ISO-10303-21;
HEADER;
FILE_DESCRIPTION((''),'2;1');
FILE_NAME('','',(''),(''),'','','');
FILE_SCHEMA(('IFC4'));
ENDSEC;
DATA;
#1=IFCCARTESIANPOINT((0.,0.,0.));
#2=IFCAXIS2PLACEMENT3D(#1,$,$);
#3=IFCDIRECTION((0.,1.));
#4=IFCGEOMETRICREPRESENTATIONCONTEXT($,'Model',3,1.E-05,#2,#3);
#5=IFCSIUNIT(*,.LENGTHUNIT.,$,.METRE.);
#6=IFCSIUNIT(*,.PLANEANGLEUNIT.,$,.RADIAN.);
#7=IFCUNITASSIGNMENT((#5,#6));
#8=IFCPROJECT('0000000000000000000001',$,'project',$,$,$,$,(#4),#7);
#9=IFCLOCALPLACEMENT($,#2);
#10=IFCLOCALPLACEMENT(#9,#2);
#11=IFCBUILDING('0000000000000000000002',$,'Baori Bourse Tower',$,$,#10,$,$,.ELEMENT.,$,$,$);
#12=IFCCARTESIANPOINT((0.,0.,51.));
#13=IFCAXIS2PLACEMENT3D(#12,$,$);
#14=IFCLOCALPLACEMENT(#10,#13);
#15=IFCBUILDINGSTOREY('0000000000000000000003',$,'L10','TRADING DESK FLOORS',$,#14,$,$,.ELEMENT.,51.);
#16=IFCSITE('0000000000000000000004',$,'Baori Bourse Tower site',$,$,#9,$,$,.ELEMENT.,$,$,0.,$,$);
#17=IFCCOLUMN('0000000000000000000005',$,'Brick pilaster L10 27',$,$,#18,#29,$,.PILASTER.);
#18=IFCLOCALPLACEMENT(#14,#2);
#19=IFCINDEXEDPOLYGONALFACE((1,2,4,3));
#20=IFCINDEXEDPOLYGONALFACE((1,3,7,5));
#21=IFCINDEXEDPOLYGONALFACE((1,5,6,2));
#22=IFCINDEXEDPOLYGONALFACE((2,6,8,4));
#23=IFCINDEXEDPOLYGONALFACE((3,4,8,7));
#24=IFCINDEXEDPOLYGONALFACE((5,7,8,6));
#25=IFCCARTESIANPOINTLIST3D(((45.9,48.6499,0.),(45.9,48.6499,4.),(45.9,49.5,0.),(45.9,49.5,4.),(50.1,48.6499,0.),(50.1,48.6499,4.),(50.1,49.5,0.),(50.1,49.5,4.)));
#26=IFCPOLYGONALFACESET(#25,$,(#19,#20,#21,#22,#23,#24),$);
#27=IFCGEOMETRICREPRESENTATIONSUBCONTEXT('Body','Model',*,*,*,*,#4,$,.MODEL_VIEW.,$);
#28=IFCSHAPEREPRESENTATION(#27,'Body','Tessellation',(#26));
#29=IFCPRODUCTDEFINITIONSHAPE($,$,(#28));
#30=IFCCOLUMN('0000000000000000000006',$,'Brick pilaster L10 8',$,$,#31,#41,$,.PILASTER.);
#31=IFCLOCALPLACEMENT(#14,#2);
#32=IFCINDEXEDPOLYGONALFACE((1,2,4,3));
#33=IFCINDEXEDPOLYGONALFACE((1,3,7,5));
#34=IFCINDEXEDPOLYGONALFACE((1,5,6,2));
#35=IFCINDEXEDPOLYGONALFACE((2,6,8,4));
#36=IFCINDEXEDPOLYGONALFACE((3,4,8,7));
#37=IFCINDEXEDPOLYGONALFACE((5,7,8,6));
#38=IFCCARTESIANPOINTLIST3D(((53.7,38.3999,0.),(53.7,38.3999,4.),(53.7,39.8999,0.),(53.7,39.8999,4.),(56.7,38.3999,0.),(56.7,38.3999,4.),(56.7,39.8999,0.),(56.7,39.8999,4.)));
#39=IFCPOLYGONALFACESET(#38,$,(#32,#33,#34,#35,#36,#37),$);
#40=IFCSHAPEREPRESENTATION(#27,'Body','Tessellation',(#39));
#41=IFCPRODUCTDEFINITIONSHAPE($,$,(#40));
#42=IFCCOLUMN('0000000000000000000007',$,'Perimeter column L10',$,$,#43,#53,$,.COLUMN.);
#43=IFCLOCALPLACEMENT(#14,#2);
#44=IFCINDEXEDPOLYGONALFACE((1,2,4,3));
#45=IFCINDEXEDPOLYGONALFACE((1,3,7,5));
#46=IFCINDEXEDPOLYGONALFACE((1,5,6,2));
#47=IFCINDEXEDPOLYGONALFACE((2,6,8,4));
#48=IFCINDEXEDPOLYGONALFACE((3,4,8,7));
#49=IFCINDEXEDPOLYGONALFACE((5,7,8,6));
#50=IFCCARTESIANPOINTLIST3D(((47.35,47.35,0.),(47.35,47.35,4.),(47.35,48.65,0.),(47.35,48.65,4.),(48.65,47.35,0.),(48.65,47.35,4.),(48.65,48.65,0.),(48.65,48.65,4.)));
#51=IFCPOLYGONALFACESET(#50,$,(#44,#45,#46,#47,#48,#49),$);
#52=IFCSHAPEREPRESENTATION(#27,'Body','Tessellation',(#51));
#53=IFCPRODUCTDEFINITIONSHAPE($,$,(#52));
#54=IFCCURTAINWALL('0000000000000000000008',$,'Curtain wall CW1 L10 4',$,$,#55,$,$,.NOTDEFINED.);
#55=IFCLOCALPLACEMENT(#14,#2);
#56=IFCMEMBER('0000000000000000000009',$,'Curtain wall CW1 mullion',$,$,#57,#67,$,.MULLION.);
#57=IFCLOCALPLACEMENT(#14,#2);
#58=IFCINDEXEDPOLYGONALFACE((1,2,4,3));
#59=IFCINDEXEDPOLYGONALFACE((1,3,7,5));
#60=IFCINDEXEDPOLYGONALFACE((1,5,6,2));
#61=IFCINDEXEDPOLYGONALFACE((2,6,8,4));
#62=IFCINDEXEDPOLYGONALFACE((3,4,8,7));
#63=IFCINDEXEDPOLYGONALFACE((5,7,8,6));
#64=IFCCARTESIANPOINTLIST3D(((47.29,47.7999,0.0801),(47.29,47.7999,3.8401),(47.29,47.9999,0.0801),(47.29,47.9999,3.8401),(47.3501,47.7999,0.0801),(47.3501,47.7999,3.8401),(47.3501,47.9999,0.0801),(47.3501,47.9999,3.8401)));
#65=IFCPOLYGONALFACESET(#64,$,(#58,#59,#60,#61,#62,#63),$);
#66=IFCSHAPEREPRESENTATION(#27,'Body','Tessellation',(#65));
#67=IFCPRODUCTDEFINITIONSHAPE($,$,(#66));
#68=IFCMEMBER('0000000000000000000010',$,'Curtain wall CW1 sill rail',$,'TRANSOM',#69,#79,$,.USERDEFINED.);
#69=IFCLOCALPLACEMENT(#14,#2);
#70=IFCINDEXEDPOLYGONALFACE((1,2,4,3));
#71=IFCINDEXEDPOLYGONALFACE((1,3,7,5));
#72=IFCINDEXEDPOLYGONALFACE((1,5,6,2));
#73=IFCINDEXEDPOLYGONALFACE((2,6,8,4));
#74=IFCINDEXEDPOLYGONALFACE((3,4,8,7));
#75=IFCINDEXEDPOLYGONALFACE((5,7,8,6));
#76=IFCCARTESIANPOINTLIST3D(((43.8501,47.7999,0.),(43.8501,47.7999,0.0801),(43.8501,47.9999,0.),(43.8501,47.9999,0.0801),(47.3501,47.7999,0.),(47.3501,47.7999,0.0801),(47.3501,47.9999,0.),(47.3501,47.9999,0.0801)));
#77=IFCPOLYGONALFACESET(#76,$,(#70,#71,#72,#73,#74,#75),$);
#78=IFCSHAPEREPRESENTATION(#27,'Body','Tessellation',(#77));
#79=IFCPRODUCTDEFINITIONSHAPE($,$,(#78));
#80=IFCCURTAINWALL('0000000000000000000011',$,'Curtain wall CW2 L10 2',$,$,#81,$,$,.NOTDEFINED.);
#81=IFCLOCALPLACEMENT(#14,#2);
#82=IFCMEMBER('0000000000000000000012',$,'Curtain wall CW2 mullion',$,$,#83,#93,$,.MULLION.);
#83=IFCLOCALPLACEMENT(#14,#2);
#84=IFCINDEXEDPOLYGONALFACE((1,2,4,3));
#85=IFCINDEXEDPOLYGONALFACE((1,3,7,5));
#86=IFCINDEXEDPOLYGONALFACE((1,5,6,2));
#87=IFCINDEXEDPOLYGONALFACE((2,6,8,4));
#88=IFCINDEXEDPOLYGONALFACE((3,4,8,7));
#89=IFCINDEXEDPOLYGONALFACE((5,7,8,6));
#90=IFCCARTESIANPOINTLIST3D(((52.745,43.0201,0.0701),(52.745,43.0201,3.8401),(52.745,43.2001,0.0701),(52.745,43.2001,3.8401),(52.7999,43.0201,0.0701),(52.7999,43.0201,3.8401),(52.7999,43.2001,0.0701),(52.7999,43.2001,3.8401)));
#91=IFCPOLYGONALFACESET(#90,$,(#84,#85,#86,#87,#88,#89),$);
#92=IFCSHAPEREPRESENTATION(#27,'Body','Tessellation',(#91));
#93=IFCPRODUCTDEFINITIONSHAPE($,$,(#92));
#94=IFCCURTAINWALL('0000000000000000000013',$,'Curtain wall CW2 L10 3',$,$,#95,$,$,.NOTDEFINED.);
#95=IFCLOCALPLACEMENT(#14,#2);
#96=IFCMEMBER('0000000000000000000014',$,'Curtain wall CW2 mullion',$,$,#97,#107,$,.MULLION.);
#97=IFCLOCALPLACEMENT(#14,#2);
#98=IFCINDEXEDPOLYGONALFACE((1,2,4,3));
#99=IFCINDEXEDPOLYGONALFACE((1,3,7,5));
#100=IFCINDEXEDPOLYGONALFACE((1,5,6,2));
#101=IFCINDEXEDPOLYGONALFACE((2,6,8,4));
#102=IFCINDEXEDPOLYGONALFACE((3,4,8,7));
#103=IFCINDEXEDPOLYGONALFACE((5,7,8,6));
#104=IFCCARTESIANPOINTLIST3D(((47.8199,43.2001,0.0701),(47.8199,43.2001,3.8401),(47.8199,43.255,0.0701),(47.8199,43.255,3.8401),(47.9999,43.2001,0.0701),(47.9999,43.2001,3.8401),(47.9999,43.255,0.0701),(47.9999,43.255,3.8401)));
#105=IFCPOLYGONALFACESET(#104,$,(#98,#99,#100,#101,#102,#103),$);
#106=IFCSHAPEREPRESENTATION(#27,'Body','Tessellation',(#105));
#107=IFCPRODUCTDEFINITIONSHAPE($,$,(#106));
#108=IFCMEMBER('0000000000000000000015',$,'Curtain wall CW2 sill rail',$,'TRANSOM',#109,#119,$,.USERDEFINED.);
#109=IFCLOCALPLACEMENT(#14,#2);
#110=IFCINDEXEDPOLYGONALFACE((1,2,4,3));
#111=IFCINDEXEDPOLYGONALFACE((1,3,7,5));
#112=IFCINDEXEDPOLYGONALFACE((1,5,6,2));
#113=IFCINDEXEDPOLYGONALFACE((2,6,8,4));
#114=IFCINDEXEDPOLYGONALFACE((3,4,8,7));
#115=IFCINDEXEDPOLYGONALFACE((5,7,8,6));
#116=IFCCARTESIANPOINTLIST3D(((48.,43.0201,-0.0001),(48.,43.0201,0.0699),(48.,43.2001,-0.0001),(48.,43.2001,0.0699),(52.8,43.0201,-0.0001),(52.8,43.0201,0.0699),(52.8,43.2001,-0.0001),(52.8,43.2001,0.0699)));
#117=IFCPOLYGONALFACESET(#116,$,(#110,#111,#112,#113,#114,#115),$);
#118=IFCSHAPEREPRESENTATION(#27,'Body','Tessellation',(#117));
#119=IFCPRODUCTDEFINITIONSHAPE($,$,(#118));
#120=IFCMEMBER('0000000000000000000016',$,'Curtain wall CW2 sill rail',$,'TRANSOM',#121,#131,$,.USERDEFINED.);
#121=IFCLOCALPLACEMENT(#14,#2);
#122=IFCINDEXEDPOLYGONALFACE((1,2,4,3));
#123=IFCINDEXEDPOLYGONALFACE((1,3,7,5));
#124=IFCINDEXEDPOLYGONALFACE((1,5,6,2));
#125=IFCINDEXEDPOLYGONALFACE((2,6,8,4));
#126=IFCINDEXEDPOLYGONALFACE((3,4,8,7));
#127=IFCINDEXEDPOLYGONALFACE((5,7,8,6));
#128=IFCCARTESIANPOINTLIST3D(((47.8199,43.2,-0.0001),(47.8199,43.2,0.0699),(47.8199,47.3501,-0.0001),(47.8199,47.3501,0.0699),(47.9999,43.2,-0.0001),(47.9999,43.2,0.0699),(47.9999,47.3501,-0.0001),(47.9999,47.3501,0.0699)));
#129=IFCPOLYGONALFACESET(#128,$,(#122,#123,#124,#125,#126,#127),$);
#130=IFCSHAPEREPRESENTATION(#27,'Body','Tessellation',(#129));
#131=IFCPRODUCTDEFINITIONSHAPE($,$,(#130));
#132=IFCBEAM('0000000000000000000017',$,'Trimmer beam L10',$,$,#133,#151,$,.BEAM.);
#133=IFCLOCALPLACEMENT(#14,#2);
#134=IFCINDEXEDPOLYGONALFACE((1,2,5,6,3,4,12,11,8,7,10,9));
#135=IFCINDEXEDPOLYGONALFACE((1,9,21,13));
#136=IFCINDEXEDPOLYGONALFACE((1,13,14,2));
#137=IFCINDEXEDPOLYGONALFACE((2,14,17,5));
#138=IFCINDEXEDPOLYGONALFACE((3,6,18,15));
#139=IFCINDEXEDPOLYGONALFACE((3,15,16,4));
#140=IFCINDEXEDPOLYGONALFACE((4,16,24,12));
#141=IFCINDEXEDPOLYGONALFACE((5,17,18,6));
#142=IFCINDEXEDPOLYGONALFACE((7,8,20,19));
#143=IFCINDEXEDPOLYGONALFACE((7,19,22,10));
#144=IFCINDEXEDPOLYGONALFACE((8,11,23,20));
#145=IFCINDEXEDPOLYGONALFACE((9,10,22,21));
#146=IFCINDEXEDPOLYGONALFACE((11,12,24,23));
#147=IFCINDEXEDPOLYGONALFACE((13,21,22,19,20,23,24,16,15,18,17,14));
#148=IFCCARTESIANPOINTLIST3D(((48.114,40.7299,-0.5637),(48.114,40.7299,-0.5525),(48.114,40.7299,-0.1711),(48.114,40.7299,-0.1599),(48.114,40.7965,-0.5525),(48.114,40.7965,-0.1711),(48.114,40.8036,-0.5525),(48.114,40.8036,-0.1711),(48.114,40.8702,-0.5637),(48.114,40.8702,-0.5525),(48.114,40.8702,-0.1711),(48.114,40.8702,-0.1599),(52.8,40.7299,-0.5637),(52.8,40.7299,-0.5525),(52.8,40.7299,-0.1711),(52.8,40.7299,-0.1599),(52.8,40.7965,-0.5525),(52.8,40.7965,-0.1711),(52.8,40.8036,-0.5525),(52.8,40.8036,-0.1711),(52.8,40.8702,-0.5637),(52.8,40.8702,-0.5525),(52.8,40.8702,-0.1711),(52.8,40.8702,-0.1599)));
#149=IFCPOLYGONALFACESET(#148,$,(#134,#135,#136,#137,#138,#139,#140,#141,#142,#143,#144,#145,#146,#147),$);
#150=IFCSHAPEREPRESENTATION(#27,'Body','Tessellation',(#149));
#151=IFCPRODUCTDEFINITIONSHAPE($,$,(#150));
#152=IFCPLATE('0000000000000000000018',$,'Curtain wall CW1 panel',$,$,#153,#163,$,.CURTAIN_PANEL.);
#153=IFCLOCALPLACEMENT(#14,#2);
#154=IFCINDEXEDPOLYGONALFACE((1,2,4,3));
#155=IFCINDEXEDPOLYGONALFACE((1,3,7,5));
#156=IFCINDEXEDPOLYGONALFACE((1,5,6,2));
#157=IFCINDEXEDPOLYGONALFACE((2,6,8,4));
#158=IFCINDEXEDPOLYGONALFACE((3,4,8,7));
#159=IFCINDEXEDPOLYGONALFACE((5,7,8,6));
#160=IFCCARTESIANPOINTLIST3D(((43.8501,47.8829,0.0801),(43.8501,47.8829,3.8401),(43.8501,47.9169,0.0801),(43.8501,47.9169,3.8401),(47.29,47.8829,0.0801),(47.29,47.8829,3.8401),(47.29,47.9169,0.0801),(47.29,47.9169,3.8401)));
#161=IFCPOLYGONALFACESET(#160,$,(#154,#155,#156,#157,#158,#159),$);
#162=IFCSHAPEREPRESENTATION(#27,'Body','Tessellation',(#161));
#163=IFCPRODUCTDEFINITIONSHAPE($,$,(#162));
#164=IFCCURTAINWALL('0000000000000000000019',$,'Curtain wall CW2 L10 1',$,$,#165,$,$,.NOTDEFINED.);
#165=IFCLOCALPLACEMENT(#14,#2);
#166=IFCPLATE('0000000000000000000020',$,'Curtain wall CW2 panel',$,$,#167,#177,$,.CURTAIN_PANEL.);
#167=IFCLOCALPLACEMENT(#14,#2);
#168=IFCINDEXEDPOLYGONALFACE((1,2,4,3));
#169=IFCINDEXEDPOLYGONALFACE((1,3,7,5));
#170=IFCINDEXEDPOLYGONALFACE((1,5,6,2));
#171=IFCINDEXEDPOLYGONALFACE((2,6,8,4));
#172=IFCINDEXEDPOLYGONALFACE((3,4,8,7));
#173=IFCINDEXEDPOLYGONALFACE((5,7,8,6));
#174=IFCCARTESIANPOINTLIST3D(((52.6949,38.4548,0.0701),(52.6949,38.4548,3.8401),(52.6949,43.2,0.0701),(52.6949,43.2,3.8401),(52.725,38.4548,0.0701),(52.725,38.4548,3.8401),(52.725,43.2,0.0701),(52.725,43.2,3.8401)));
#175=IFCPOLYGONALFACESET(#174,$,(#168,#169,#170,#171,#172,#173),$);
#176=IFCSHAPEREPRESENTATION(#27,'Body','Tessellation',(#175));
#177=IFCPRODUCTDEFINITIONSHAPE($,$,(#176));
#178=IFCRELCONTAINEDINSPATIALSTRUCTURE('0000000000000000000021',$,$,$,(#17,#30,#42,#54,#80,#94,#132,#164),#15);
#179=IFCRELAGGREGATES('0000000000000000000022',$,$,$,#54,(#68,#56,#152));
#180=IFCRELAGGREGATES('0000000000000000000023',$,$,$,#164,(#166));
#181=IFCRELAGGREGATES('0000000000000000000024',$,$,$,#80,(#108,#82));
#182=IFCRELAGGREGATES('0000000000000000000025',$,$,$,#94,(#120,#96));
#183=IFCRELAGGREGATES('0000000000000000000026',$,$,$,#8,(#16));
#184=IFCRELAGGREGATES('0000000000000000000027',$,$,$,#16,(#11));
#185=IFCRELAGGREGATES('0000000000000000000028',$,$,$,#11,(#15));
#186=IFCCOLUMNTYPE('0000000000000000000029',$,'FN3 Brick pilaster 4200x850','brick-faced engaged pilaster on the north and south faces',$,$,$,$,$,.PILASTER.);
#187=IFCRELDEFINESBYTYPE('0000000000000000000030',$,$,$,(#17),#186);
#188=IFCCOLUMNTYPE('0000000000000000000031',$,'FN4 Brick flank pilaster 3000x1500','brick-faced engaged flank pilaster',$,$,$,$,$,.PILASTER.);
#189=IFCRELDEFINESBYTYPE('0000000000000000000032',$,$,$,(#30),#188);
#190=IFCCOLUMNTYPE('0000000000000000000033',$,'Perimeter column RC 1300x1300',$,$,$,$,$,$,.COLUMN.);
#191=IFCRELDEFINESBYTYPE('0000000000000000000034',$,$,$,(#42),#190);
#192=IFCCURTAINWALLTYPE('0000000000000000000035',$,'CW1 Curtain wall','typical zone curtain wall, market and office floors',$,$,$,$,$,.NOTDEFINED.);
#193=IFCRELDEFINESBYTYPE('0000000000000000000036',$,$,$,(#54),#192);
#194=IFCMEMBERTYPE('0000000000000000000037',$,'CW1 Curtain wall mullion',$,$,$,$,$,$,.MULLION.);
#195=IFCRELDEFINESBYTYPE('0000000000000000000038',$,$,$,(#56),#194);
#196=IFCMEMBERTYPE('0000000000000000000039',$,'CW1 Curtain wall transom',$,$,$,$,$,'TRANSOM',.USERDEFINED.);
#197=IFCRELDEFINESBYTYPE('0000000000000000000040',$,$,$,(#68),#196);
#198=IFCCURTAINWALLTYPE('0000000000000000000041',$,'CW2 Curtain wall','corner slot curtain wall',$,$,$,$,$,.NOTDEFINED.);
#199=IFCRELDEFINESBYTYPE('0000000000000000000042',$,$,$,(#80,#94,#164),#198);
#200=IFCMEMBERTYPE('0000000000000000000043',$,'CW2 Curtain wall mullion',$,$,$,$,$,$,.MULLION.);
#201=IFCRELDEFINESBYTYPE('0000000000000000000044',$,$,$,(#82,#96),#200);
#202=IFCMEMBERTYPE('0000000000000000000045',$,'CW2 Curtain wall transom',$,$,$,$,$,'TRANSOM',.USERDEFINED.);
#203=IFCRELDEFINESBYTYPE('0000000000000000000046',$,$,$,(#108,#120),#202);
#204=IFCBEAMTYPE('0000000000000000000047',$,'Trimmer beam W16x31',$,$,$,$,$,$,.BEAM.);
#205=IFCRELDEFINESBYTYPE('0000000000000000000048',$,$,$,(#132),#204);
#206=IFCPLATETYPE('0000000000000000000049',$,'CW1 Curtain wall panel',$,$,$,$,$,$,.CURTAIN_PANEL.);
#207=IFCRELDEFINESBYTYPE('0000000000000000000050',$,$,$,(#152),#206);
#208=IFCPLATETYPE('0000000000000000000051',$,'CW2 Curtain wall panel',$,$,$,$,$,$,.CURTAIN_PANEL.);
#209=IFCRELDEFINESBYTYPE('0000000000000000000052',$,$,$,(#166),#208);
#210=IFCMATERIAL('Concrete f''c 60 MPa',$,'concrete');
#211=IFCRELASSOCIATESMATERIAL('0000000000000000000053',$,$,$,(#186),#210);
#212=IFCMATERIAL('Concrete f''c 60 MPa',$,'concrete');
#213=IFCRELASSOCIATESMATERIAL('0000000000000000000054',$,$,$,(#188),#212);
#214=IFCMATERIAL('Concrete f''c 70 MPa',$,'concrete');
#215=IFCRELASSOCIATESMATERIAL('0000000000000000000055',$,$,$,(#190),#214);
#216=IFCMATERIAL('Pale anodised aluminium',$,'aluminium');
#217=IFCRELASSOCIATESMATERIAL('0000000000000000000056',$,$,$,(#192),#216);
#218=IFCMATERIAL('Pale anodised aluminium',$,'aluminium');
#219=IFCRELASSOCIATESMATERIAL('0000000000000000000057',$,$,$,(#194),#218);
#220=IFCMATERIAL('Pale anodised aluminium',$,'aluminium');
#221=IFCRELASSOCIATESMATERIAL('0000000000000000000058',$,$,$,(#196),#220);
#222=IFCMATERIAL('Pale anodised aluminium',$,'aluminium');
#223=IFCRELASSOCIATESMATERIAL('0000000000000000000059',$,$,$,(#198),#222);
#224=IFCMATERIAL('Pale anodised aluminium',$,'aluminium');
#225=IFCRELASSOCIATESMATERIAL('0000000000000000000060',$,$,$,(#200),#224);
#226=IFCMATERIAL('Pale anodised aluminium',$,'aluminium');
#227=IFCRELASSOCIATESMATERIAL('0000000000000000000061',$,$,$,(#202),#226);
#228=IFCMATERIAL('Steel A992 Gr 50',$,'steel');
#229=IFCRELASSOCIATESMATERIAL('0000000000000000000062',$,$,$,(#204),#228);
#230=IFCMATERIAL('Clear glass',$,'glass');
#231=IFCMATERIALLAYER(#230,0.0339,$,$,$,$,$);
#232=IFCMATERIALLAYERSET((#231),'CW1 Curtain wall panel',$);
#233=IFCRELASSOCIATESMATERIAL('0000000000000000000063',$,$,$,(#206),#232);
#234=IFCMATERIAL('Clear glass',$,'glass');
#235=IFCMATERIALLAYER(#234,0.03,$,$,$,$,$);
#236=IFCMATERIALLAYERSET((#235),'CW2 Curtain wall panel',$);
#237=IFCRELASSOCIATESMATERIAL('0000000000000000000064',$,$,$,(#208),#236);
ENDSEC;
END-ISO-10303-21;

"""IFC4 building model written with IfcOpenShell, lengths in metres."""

from ifc_helpers import new_model, si_unit, direction, frame, origin, origin_2d, place, context, subcontext, project, spatial, rectangle, i_section, extrude, material, layer, layer_set, material_profile, profile_set, type_object, element, aggregate, save


model = new_model("IFC4")

# Units and contexts
model_context = context("Model", 3, precision=1e-05, world=origin(), true_north=direction((0.0, 1.0)))
body_context = subcontext(model_context, "Body", "Model", "MODEL_VIEW")
ifc_project = project(units=[si_unit("LENGTHUNIT", "METRE"), si_unit("PLANEANGLEUNIT", "RADIAN")], contexts=[model_context])

# Site, building, storey
site_placement = place(None, origin())
site = spatial("IfcSite", under=ifc_project, at=site_placement, Name="Baori Bourse Tower site", CompositionType="ELEMENT", RefElevation=0.0)
building_placement = place(site_placement, origin())
building = spatial("IfcBuilding", under=site, at=building_placement, Name="Baori Bourse Tower", CompositionType="ELEMENT")
storey_placement = place(building_placement, frame((0.0, 0.0, 51.0)))
storey = spatial("IfcBuildingStorey", under=building, at=storey_placement, Name="L10", Description="TRADING DESK FLOORS", CompositionType="ELEMENT", Elevation=51.0)

# Columns
ifc_material_1 = material(Name="Concrete f'c 60 MPa", Category="concrete")
ifc_material_profile_1 = material_profile(ifc_material_1, rectangle(XDim=4.2, YDim=0.8501, at=origin_2d()), Name="RC 4200x850")
ifc_profile_set_1 = profile_set([ifc_material_profile_1], Name="Concrete f'c 60 MPa")
column_type_1 = type_object("IfcColumnType", Name="FN3 Brick pilaster 4200x850", Description="brick-faced engaged pilaster on the north and south faces", PredefinedType="PILASTER", material=ifc_profile_set_1)
column_1_placement = place(storey_placement, frame((48.0, 49.075, 0.0), z_axis=(0.0, 0.0, 1.0), x_axis=(1.0, 0.0, 0.0)))
element("IfcColumn", 1, at=column_1_placement, inside=storey, type_object=column_type_1, Name="Brick pilaster L10 27", PredefinedType="PILASTER", context=body_context, shape_type="SweptSolid", body=[
    extrude(rectangle(XDim=4.2, YDim=0.8501, at=origin_2d()), origin(), (0.0, 0.0, 1.0), 4.0),
])
ifc_material_2 = material(Name="Concrete f'c 60 MPa", Category="concrete")
ifc_material_profile_2 = material_profile(ifc_material_2, rectangle(XDim=3.0, YDim=1.5, at=origin_2d()), Name="RC 3000x1500")
ifc_profile_set_2 = profile_set([ifc_material_profile_2], Name="Concrete f'c 60 MPa")
column_type_2 = type_object("IfcColumnType", Name="FN4 Brick flank pilaster 3000x1500", Description="brick-faced engaged flank pilaster", PredefinedType="PILASTER", material=ifc_profile_set_2)
column_2_placement = place(storey_placement, frame((55.2, 39.1499, 0.0), z_axis=(0.0, 0.0, 1.0), x_axis=(1.0, 0.0, 0.0)))
element("IfcColumn", 2, at=column_2_placement, inside=storey, type_object=column_type_2, Name="Brick pilaster L10 8", PredefinedType="PILASTER", context=body_context, shape_type="SweptSolid", body=[
    extrude(rectangle(XDim=3.0, YDim=1.5, at=origin_2d()), origin(), (0.0, 0.0, 1.0), 4.0),
])
ifc_material_3 = material(Name="Concrete f'c 70 MPa", Category="concrete")
ifc_material_profile_3 = material_profile(ifc_material_3, rectangle(XDim=1.3, YDim=1.3, at=origin_2d()), Name="RC 1300x1300")
ifc_profile_set_3 = profile_set([ifc_material_profile_3], Name="Concrete f'c 70 MPa")
column_type_3 = type_object("IfcColumnType", Name="Perimeter column RC 1300x1300", PredefinedType="COLUMN", material=ifc_profile_set_3)
column_3_placement = place(storey_placement, frame((48.0, 48.0, 0.0), z_axis=(0.0, 0.0, 1.0), x_axis=(1.0, 0.0, 0.0)))
element("IfcColumn", 3, at=column_3_placement, inside=storey, type_object=column_type_3, Name="Perimeter column L10", PredefinedType="COLUMN", context=body_context, shape_type="SweptSolid", body=[
    extrude(rectangle(XDim=1.3, YDim=1.3, at=origin_2d()), origin(), (0.0, 0.0, 1.0), 4.0),
])

# Curtain wall, members
ifc_material_4 = material(Name="Pale anodised aluminium", Category="aluminium")
curtain_wall_type_1 = type_object("IfcCurtainWallType", Name="CW1 Curtain wall", Description="typical zone curtain wall, market and office floors", PredefinedType="NOTDEFINED", material=ifc_material_4)
curtain_wall_1_placement = place(storey_placement, origin())
curtain_wall_1 = element("IfcCurtainWall", 4, at=curtain_wall_1_placement, inside=storey, type_object=curtain_wall_type_1, Name="Curtain wall CW1 L10 4", PredefinedType="NOTDEFINED")
ifc_material_5 = material(Name="Pale anodised aluminium", Category="aluminium")
ifc_material_profile_4 = material_profile(ifc_material_5, rectangle(XDim=0.2, YDim=0.0601, at=origin_2d()), Name="Mullion 60x200")
ifc_profile_set_4 = profile_set([ifc_material_profile_4], Name="Pale anodised aluminium")
member_type_1 = type_object("IfcMemberType", Name="CW1 Curtain wall mullion", PredefinedType="MULLION", material=ifc_profile_set_4)
member_1_placement = place(storey_placement, frame((47.3201, 47.8999, 0.0801), z_axis=(0.0, 0.0, 1.0), x_axis=(0.0, -1.0, 0.0)))
member_1 = element("IfcMember", 5, at=member_1_placement, type_object=member_type_1, Name="Curtain wall CW1 mullion", PredefinedType="MULLION", context=body_context, shape_type="SweptSolid", body=[
    extrude(rectangle(XDim=0.2, YDim=0.0601, at=origin_2d()), origin(), (0.0, 0.0, 1.0), 3.76),
])
ifc_material_6 = material(Name="Pale anodised aluminium", Category="aluminium")
ifc_material_profile_5 = material_profile(ifc_material_6, rectangle(XDim=0.2, YDim=0.0801, at=origin_2d()), Name="Transom 80x200")
ifc_profile_set_5 = profile_set([ifc_material_profile_5], Name="Pale anodised aluminium")
member_type_2 = type_object("IfcMemberType", Name="CW1 Curtain wall transom", ElementType="TRANSOM", PredefinedType="USERDEFINED", material=ifc_profile_set_5)
member_2_placement = place(storey_placement, frame((47.3501, 47.8999, 0.04), z_axis=(-1.0, 0.0, 0.0), x_axis=(0.0, -1.0, 0.0)))
member_2 = element("IfcMember", 6, at=member_2_placement, type_object=member_type_2, Name="Curtain wall CW1 sill rail", ObjectType="TRANSOM", PredefinedType="USERDEFINED", context=body_context, shape_type="SweptSolid", body=[
    extrude(rectangle(XDim=0.2, YDim=0.0801, at=origin_2d()), origin(), (0.0, 0.0, 1.0), 3.5),
])

# Curtain walls, members
ifc_material_7 = material(Name="Pale anodised aluminium", Category="aluminium")
curtain_wall_type_2 = type_object("IfcCurtainWallType", Name="CW2 Curtain wall", Description="corner slot curtain wall", PredefinedType="NOTDEFINED", material=ifc_material_7)
curtain_wall_2_placement = place(storey_placement, origin())
curtain_wall_2 = element("IfcCurtainWall", 7, at=curtain_wall_2_placement, inside=storey, type_object=curtain_wall_type_2, Name="Curtain wall CW2 L10 2", PredefinedType="NOTDEFINED")
ifc_material_8 = material(Name="Pale anodised aluminium", Category="aluminium")
ifc_material_profile_6 = material_profile(ifc_material_8, rectangle(XDim=0.1799, YDim=0.0549, at=origin_2d()), Name="Mullion 55x180")
ifc_profile_set_6 = profile_set([ifc_material_profile_6], Name="Pale anodised aluminium")
member_type_3 = type_object("IfcMemberType", Name="CW2 Curtain wall mullion", PredefinedType="MULLION", material=ifc_profile_set_6)
member_3_placement = place(storey_placement, frame((52.7725, 43.1101, 0.0701), z_axis=(0.0, 0.0, 1.0), x_axis=(0.0, -1.0, 0.0)))
member_3 = element("IfcMember", 8, at=member_3_placement, type_object=member_type_3, Name="Curtain wall CW2 mullion", PredefinedType="MULLION", context=body_context, shape_type="SweptSolid", body=[
    extrude(rectangle(XDim=0.1799, YDim=0.0549, at=origin_2d()), origin(), (0.0, 0.0, 1.0), 3.77),
])
curtain_wall_3_placement = place(storey_placement, origin())
curtain_wall_3 = element("IfcCurtainWall", 9, at=curtain_wall_3_placement, inside=storey, type_object=curtain_wall_type_2, Name="Curtain wall CW2 L10 3", PredefinedType="NOTDEFINED")
member_4_placement = place(storey_placement, frame((47.9099, 43.2275, 0.0701), z_axis=(0.0, 0.0, 1.0), x_axis=(-1.0, 0.0, 0.0)))
member_4 = element("IfcMember", 10, at=member_4_placement, type_object=member_type_3, Name="Curtain wall CW2 mullion", PredefinedType="MULLION", context=body_context, shape_type="SweptSolid", body=[
    extrude(rectangle(XDim=0.1799, YDim=0.0549, at=origin_2d()), origin(), (0.0, 0.0, 1.0), 3.77),
])

# Members
ifc_material_9 = material(Name="Pale anodised aluminium", Category="aluminium")
ifc_material_profile_7 = material_profile(ifc_material_9, rectangle(XDim=0.1799, YDim=0.0701, at=origin_2d()), Name="Transom 70x180")
ifc_profile_set_7 = profile_set([ifc_material_profile_7], Name="Pale anodised aluminium")
member_type_4 = type_object("IfcMemberType", Name="CW2 Curtain wall transom", ElementType="TRANSOM", PredefinedType="USERDEFINED", material=ifc_profile_set_7)
member_5_placement = place(storey_placement, frame((52.8, 43.1101, 0.0349), z_axis=(-1.0, 0.0, 0.0), x_axis=(0.0, -1.0, 0.0)))
member_5 = element("IfcMember", 11, at=member_5_placement, type_object=member_type_4, Name="Curtain wall CW2 sill rail", ObjectType="TRANSOM", PredefinedType="USERDEFINED", context=body_context, shape_type="SweptSolid", body=[
    extrude(rectangle(XDim=0.1799, YDim=0.0701, at=origin_2d()), origin(), (0.0, 0.0, 1.0), 4.8),
])
member_6_placement = place(storey_placement, frame((47.9099, 43.2, 0.0349), z_axis=(0.0, 1.0, 0.0), x_axis=(-1.0, 0.0, 0.0)))
member_6 = element("IfcMember", 12, at=member_6_placement, type_object=member_type_4, Name="Curtain wall CW2 sill rail", ObjectType="TRANSOM", PredefinedType="USERDEFINED", context=body_context, shape_type="SweptSolid", body=[
    extrude(rectangle(XDim=0.1799, YDim=0.0701, at=origin_2d()), origin(), (0.0, 0.0, 1.0), 4.1501),
])

# Beam
ifc_material_10 = material(Name="Steel A992 Gr 50", Category="steel")
ifc_material_profile_8 = material_profile(ifc_material_10, i_section(OverallWidth=0.1404, OverallDepth=0.4038, WebThickness=0.0071, FlangeThickness=0.0112, at=origin_2d()), Name="W16x31")
ifc_profile_set_8 = profile_set([ifc_material_profile_8], Name="Steel A992 Gr 50")
beam_type = type_object("IfcBeamType", Name="Trimmer beam W16x31", PredefinedType="BEAM", material=ifc_profile_set_8)
beam_placement = place(storey_placement, frame((48.114, 40.8, -0.3618), z_axis=(1.0, 0.0, 0.0), x_axis=(0.0, 1.0, 0.0)))
element("IfcBeam", 13, at=beam_placement, inside=storey, type_object=beam_type, Name="Trimmer beam L10", PredefinedType="BEAM", context=body_context, shape_type="SweptSolid", body=[
    extrude(i_section(OverallWidth=0.1404, OverallDepth=0.4038, WebThickness=0.0071, FlangeThickness=0.0112, at=origin_2d()), origin(), (0.0, 0.0, 1.0), 4.686),
])

# Plate
ifc_material_11 = material(Name="Clear glass", Category="glass")
ifc_layer_1 = layer(ifc_material_11, 0.0339)
ifc_layer_set_1 = layer_set([ifc_layer_1], Name="CW1 Curtain wall panel")
plate_type_1 = type_object("IfcPlateType", Name="CW1 Curtain wall panel", PredefinedType="CURTAIN_PANEL", material=ifc_layer_set_1)
plate_1_placement = place(storey_placement, frame((45.5701, 47.8999, 0.0801), z_axis=(0.0, 0.0, 1.0), x_axis=(-1.0, 0.0, 0.0)))
plate_1 = element("IfcPlate", 14, at=plate_1_placement, type_object=plate_type_1, Name="Curtain wall CW1 panel", PredefinedType="CURTAIN_PANEL", context=body_context, shape_type="SweptSolid", body=[
    extrude(rectangle(XDim=3.4399, YDim=0.0339, at=origin_2d()), origin(), (0.0, 0.0, 1.0), 3.76),
])
aggregate(curtain_wall_1, [member_2, member_1, plate_1])

# Curtain wall, plate
curtain_wall_4_placement = place(storey_placement, origin())
curtain_wall_4 = element("IfcCurtainWall", 15, at=curtain_wall_4_placement, inside=storey, type_object=curtain_wall_type_2, Name="Curtain wall CW2 L10 1", PredefinedType="NOTDEFINED")
ifc_material_12 = material(Name="Clear glass", Category="glass")
ifc_layer_2 = layer(ifc_material_12, 0.03)
ifc_layer_set_2 = layer_set([ifc_layer_2], Name="CW2 Curtain wall panel")
plate_type_2 = type_object("IfcPlateType", Name="CW2 Curtain wall panel", PredefinedType="CURTAIN_PANEL", material=ifc_layer_set_2)
plate_2_placement = place(storey_placement, frame((52.71, 40.8274, 0.0701), z_axis=(0.0, 0.0, 1.0), x_axis=(0.0, 1.0, 0.0)))
plate_2 = element("IfcPlate", 16, at=plate_2_placement, type_object=plate_type_2, Name="Curtain wall CW2 panel", PredefinedType="CURTAIN_PANEL", context=body_context, shape_type="SweptSolid", body=[
    extrude(rectangle(XDim=4.7451, YDim=0.03, at=origin_2d()), origin(), (0.0, 0.0, 1.0), 3.77),
])
aggregate(curtain_wall_4, [plate_2])

aggregate(curtain_wall_2, [member_5, member_3])
aggregate(curtain_wall_3, [member_6, member_4])

save(model, "model.ifc")
